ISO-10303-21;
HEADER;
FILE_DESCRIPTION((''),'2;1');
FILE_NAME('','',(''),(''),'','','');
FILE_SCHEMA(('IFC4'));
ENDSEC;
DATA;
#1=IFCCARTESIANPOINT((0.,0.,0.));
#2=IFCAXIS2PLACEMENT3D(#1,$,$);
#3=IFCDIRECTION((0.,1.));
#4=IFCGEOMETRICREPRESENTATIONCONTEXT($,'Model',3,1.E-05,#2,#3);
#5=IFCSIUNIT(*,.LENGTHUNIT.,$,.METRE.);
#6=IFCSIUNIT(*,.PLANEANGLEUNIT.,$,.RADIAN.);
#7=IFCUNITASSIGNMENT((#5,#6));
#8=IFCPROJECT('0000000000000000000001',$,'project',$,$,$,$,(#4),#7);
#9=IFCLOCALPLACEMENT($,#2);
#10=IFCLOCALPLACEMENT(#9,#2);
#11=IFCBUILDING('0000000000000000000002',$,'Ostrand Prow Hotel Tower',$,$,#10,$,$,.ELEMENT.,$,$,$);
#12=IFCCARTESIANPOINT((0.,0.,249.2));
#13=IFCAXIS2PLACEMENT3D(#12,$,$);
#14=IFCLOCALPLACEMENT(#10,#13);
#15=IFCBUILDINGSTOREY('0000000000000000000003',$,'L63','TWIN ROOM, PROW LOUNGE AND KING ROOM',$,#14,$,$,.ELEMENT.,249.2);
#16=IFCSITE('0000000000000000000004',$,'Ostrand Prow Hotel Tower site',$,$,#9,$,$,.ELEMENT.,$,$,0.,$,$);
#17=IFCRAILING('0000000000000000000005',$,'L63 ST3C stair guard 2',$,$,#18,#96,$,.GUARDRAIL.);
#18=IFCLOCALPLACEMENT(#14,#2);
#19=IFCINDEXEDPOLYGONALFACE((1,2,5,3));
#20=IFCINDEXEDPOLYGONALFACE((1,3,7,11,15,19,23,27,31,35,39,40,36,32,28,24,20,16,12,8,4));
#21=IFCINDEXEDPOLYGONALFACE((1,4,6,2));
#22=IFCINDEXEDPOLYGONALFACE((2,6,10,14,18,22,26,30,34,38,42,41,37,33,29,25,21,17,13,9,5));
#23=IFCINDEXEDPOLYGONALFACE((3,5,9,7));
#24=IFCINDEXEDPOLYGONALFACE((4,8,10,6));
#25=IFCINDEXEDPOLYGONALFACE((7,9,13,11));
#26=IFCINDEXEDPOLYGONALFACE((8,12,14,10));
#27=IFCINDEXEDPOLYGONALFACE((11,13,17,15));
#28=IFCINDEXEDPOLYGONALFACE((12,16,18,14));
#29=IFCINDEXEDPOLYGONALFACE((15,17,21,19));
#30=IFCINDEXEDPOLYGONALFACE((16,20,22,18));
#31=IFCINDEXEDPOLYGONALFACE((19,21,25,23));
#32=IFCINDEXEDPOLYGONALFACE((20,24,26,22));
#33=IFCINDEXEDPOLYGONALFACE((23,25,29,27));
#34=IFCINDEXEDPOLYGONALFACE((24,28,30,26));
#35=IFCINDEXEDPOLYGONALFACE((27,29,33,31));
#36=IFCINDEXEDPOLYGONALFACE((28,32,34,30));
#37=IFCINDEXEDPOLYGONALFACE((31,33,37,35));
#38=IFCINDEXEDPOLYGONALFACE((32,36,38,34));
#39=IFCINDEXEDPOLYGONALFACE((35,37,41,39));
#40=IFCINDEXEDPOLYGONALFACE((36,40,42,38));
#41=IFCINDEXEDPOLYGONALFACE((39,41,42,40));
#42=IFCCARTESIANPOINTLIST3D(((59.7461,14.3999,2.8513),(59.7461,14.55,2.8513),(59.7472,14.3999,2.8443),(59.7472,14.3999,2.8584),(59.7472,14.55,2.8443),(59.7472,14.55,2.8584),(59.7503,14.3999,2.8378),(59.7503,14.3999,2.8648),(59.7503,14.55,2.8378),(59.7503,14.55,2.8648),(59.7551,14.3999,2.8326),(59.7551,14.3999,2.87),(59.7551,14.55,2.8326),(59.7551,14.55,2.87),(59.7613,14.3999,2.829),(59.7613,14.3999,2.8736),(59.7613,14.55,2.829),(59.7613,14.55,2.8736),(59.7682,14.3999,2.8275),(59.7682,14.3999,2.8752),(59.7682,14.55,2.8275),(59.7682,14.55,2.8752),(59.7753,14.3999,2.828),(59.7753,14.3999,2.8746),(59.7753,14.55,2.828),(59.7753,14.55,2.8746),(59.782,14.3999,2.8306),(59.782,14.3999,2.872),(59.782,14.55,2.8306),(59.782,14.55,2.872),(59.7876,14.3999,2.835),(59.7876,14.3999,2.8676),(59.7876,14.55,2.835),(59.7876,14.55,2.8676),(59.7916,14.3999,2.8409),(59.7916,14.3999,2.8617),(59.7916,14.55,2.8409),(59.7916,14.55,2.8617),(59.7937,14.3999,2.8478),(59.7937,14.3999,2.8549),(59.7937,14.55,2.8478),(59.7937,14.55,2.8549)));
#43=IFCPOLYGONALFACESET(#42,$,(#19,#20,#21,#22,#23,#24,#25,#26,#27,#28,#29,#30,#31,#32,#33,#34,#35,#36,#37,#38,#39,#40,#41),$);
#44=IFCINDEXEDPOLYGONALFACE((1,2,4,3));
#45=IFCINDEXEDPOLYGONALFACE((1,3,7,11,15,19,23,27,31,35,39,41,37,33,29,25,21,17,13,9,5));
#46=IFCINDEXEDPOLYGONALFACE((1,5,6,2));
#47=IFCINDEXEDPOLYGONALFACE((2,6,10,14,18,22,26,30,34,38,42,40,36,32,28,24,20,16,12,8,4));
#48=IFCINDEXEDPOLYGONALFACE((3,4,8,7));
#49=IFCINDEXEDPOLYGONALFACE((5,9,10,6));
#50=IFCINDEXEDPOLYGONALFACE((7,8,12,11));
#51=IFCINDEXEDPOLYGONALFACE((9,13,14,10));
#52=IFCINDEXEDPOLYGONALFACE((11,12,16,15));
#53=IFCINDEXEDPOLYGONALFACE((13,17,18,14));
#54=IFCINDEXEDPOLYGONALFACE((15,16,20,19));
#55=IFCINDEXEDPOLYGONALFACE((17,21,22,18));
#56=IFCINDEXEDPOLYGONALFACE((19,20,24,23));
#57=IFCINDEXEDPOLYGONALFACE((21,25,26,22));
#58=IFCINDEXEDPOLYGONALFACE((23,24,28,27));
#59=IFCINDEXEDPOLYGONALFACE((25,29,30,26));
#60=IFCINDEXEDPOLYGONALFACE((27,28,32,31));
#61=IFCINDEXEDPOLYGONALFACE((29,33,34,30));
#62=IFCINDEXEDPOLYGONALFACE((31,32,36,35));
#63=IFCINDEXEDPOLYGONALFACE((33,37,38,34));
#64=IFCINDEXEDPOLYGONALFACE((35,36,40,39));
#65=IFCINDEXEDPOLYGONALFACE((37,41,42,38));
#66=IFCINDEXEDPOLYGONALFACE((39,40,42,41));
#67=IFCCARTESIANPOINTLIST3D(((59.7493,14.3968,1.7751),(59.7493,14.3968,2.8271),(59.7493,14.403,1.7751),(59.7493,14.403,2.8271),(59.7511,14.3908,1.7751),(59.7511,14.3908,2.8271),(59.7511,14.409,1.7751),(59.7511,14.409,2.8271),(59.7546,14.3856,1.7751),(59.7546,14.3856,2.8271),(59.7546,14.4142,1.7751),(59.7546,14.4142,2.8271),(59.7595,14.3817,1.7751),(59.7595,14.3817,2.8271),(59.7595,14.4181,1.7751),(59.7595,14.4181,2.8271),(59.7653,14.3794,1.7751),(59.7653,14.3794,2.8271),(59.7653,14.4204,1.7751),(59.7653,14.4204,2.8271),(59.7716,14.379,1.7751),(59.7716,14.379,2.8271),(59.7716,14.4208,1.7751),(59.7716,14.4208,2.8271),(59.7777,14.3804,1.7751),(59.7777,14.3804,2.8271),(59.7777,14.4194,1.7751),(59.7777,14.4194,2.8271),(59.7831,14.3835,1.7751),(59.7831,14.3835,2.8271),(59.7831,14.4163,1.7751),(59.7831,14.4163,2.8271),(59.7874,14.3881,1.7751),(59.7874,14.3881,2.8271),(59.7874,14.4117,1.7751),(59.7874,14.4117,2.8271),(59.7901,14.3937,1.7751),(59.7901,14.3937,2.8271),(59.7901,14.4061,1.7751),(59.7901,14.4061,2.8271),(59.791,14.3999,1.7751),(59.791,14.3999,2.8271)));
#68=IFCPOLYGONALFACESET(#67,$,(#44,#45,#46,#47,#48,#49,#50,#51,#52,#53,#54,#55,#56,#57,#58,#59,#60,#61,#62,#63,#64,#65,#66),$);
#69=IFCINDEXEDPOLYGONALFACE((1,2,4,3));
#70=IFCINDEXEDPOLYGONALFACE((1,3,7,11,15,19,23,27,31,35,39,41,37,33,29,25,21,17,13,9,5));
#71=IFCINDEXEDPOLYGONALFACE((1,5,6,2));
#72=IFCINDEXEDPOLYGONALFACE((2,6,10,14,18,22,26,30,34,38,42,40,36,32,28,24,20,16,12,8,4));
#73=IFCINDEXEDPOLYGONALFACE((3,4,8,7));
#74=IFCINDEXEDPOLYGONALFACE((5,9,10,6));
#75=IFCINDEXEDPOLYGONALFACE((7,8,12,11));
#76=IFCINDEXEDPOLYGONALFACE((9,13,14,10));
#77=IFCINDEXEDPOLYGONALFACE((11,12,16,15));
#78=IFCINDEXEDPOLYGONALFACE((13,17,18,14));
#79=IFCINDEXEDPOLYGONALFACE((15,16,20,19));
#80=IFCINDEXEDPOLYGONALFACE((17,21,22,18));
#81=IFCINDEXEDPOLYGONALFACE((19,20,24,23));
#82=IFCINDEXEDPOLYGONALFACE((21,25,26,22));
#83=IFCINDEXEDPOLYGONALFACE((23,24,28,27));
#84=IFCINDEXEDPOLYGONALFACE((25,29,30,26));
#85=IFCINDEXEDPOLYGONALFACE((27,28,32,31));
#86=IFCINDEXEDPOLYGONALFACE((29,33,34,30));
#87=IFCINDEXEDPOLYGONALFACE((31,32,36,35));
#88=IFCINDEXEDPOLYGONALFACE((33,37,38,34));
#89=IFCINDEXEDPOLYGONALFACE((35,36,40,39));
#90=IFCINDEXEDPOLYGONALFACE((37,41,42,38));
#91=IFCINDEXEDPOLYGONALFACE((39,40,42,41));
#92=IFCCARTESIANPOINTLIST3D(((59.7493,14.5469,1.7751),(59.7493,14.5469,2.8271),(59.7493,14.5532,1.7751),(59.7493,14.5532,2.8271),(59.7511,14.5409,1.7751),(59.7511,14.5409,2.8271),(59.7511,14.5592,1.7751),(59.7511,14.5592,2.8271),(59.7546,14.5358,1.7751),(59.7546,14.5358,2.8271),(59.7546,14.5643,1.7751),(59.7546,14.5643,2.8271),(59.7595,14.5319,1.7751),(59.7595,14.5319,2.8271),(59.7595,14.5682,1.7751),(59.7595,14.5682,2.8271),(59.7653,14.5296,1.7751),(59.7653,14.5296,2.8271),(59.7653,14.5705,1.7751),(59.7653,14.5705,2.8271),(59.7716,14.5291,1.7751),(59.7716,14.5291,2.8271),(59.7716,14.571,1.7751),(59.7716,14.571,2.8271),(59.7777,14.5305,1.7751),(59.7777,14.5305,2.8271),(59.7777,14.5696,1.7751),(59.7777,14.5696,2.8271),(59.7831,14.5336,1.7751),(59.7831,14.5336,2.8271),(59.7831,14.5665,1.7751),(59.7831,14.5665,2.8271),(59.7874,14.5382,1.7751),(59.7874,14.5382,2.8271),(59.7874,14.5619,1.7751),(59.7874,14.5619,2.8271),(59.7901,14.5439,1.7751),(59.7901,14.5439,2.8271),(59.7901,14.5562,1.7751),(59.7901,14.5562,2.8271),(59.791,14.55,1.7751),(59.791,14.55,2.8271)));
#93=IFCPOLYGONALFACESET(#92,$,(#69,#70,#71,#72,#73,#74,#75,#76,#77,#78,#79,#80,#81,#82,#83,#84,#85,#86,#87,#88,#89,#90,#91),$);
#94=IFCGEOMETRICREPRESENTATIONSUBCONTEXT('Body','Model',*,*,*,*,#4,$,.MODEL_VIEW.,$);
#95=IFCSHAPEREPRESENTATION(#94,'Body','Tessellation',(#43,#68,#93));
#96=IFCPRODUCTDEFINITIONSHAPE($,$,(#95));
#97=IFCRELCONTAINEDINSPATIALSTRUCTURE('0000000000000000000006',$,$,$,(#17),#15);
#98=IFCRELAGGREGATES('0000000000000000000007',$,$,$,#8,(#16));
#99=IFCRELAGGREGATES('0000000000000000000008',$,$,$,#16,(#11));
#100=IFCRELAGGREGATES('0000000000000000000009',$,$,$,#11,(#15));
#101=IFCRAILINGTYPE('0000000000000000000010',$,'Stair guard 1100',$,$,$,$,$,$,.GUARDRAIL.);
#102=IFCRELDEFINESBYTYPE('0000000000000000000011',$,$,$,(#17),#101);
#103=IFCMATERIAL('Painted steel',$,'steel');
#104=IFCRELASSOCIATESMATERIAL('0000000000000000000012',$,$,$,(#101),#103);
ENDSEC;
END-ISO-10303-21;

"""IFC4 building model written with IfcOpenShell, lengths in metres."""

from ifc_helpers import new_model, si_unit, direction, frame, origin, origin_2d, place, context, subcontext, project, spatial, circle, extrude, material, type_object, element, save


model = new_model("IFC4")

# Units and contexts
model_context = context("Model", 3, precision=1e-05, world=origin(), true_north=direction((0.0, 1.0)))
body_context = subcontext(model_context, "Body", "Model", "MODEL_VIEW")
ifc_project = project(units=[si_unit("LENGTHUNIT", "METRE"), si_unit("PLANEANGLEUNIT", "RADIAN")], contexts=[model_context])

# Site, building, storey
site_placement = place(None, origin())
site = spatial("IfcSite", under=ifc_project, at=site_placement, Name="Ostrand Prow Hotel Tower site", CompositionType="ELEMENT", RefElevation=0.0)
building_placement = place(site_placement, origin())
building = spatial("IfcBuilding", under=site, at=building_placement, Name="Ostrand Prow Hotel Tower", CompositionType="ELEMENT")
storey_placement = place(building_placement, frame((0.0, 0.0, 249.2)))
storey = spatial("IfcBuildingStorey", under=building, at=storey_placement, Name="L63", Description="TWIN ROOM, PROW LOUNGE AND KING ROOM", CompositionType="ELEMENT", Elevation=249.2)

# Railing
ifc_material_1 = material(Name="Painted steel", Category="steel")
railing_type_1 = type_object("IfcRailingType", Name="Stair guard 1100", PredefinedType="GUARDRAIL", material=ifc_material_1)
railing_1_placement = place(storey_placement, frame((59.77, 14.3999, 1.7751)))
element("IfcRailing", 1, at=railing_1_placement, inside=storey, type_object=railing_type_1, Name="L63 ST3C stair guard 2", PredefinedType="GUARDRAIL", context=body_context, shape_type="SweptSolid", body=[
    extrude(circle(Radius=0.0239, at=origin_2d()), frame((0.0, 0.0, 1.0762), z_axis=(0.0, 1.0, 0.0), x_axis=(-1.0, 0.0, 0.0)), (0.0, 0.0, 1.0), 0.1501),
    extrude(circle(Radius=0.021, at=origin_2d()), origin(), (0.0, 0.0, 1.0), 1.052),
    extrude(circle(Radius=0.021, at=origin_2d()), frame((0.0, 0.1501, 0.0)), (0.0, 0.0, 1.0), 1.052),
])

save(model, "model.ifc")
